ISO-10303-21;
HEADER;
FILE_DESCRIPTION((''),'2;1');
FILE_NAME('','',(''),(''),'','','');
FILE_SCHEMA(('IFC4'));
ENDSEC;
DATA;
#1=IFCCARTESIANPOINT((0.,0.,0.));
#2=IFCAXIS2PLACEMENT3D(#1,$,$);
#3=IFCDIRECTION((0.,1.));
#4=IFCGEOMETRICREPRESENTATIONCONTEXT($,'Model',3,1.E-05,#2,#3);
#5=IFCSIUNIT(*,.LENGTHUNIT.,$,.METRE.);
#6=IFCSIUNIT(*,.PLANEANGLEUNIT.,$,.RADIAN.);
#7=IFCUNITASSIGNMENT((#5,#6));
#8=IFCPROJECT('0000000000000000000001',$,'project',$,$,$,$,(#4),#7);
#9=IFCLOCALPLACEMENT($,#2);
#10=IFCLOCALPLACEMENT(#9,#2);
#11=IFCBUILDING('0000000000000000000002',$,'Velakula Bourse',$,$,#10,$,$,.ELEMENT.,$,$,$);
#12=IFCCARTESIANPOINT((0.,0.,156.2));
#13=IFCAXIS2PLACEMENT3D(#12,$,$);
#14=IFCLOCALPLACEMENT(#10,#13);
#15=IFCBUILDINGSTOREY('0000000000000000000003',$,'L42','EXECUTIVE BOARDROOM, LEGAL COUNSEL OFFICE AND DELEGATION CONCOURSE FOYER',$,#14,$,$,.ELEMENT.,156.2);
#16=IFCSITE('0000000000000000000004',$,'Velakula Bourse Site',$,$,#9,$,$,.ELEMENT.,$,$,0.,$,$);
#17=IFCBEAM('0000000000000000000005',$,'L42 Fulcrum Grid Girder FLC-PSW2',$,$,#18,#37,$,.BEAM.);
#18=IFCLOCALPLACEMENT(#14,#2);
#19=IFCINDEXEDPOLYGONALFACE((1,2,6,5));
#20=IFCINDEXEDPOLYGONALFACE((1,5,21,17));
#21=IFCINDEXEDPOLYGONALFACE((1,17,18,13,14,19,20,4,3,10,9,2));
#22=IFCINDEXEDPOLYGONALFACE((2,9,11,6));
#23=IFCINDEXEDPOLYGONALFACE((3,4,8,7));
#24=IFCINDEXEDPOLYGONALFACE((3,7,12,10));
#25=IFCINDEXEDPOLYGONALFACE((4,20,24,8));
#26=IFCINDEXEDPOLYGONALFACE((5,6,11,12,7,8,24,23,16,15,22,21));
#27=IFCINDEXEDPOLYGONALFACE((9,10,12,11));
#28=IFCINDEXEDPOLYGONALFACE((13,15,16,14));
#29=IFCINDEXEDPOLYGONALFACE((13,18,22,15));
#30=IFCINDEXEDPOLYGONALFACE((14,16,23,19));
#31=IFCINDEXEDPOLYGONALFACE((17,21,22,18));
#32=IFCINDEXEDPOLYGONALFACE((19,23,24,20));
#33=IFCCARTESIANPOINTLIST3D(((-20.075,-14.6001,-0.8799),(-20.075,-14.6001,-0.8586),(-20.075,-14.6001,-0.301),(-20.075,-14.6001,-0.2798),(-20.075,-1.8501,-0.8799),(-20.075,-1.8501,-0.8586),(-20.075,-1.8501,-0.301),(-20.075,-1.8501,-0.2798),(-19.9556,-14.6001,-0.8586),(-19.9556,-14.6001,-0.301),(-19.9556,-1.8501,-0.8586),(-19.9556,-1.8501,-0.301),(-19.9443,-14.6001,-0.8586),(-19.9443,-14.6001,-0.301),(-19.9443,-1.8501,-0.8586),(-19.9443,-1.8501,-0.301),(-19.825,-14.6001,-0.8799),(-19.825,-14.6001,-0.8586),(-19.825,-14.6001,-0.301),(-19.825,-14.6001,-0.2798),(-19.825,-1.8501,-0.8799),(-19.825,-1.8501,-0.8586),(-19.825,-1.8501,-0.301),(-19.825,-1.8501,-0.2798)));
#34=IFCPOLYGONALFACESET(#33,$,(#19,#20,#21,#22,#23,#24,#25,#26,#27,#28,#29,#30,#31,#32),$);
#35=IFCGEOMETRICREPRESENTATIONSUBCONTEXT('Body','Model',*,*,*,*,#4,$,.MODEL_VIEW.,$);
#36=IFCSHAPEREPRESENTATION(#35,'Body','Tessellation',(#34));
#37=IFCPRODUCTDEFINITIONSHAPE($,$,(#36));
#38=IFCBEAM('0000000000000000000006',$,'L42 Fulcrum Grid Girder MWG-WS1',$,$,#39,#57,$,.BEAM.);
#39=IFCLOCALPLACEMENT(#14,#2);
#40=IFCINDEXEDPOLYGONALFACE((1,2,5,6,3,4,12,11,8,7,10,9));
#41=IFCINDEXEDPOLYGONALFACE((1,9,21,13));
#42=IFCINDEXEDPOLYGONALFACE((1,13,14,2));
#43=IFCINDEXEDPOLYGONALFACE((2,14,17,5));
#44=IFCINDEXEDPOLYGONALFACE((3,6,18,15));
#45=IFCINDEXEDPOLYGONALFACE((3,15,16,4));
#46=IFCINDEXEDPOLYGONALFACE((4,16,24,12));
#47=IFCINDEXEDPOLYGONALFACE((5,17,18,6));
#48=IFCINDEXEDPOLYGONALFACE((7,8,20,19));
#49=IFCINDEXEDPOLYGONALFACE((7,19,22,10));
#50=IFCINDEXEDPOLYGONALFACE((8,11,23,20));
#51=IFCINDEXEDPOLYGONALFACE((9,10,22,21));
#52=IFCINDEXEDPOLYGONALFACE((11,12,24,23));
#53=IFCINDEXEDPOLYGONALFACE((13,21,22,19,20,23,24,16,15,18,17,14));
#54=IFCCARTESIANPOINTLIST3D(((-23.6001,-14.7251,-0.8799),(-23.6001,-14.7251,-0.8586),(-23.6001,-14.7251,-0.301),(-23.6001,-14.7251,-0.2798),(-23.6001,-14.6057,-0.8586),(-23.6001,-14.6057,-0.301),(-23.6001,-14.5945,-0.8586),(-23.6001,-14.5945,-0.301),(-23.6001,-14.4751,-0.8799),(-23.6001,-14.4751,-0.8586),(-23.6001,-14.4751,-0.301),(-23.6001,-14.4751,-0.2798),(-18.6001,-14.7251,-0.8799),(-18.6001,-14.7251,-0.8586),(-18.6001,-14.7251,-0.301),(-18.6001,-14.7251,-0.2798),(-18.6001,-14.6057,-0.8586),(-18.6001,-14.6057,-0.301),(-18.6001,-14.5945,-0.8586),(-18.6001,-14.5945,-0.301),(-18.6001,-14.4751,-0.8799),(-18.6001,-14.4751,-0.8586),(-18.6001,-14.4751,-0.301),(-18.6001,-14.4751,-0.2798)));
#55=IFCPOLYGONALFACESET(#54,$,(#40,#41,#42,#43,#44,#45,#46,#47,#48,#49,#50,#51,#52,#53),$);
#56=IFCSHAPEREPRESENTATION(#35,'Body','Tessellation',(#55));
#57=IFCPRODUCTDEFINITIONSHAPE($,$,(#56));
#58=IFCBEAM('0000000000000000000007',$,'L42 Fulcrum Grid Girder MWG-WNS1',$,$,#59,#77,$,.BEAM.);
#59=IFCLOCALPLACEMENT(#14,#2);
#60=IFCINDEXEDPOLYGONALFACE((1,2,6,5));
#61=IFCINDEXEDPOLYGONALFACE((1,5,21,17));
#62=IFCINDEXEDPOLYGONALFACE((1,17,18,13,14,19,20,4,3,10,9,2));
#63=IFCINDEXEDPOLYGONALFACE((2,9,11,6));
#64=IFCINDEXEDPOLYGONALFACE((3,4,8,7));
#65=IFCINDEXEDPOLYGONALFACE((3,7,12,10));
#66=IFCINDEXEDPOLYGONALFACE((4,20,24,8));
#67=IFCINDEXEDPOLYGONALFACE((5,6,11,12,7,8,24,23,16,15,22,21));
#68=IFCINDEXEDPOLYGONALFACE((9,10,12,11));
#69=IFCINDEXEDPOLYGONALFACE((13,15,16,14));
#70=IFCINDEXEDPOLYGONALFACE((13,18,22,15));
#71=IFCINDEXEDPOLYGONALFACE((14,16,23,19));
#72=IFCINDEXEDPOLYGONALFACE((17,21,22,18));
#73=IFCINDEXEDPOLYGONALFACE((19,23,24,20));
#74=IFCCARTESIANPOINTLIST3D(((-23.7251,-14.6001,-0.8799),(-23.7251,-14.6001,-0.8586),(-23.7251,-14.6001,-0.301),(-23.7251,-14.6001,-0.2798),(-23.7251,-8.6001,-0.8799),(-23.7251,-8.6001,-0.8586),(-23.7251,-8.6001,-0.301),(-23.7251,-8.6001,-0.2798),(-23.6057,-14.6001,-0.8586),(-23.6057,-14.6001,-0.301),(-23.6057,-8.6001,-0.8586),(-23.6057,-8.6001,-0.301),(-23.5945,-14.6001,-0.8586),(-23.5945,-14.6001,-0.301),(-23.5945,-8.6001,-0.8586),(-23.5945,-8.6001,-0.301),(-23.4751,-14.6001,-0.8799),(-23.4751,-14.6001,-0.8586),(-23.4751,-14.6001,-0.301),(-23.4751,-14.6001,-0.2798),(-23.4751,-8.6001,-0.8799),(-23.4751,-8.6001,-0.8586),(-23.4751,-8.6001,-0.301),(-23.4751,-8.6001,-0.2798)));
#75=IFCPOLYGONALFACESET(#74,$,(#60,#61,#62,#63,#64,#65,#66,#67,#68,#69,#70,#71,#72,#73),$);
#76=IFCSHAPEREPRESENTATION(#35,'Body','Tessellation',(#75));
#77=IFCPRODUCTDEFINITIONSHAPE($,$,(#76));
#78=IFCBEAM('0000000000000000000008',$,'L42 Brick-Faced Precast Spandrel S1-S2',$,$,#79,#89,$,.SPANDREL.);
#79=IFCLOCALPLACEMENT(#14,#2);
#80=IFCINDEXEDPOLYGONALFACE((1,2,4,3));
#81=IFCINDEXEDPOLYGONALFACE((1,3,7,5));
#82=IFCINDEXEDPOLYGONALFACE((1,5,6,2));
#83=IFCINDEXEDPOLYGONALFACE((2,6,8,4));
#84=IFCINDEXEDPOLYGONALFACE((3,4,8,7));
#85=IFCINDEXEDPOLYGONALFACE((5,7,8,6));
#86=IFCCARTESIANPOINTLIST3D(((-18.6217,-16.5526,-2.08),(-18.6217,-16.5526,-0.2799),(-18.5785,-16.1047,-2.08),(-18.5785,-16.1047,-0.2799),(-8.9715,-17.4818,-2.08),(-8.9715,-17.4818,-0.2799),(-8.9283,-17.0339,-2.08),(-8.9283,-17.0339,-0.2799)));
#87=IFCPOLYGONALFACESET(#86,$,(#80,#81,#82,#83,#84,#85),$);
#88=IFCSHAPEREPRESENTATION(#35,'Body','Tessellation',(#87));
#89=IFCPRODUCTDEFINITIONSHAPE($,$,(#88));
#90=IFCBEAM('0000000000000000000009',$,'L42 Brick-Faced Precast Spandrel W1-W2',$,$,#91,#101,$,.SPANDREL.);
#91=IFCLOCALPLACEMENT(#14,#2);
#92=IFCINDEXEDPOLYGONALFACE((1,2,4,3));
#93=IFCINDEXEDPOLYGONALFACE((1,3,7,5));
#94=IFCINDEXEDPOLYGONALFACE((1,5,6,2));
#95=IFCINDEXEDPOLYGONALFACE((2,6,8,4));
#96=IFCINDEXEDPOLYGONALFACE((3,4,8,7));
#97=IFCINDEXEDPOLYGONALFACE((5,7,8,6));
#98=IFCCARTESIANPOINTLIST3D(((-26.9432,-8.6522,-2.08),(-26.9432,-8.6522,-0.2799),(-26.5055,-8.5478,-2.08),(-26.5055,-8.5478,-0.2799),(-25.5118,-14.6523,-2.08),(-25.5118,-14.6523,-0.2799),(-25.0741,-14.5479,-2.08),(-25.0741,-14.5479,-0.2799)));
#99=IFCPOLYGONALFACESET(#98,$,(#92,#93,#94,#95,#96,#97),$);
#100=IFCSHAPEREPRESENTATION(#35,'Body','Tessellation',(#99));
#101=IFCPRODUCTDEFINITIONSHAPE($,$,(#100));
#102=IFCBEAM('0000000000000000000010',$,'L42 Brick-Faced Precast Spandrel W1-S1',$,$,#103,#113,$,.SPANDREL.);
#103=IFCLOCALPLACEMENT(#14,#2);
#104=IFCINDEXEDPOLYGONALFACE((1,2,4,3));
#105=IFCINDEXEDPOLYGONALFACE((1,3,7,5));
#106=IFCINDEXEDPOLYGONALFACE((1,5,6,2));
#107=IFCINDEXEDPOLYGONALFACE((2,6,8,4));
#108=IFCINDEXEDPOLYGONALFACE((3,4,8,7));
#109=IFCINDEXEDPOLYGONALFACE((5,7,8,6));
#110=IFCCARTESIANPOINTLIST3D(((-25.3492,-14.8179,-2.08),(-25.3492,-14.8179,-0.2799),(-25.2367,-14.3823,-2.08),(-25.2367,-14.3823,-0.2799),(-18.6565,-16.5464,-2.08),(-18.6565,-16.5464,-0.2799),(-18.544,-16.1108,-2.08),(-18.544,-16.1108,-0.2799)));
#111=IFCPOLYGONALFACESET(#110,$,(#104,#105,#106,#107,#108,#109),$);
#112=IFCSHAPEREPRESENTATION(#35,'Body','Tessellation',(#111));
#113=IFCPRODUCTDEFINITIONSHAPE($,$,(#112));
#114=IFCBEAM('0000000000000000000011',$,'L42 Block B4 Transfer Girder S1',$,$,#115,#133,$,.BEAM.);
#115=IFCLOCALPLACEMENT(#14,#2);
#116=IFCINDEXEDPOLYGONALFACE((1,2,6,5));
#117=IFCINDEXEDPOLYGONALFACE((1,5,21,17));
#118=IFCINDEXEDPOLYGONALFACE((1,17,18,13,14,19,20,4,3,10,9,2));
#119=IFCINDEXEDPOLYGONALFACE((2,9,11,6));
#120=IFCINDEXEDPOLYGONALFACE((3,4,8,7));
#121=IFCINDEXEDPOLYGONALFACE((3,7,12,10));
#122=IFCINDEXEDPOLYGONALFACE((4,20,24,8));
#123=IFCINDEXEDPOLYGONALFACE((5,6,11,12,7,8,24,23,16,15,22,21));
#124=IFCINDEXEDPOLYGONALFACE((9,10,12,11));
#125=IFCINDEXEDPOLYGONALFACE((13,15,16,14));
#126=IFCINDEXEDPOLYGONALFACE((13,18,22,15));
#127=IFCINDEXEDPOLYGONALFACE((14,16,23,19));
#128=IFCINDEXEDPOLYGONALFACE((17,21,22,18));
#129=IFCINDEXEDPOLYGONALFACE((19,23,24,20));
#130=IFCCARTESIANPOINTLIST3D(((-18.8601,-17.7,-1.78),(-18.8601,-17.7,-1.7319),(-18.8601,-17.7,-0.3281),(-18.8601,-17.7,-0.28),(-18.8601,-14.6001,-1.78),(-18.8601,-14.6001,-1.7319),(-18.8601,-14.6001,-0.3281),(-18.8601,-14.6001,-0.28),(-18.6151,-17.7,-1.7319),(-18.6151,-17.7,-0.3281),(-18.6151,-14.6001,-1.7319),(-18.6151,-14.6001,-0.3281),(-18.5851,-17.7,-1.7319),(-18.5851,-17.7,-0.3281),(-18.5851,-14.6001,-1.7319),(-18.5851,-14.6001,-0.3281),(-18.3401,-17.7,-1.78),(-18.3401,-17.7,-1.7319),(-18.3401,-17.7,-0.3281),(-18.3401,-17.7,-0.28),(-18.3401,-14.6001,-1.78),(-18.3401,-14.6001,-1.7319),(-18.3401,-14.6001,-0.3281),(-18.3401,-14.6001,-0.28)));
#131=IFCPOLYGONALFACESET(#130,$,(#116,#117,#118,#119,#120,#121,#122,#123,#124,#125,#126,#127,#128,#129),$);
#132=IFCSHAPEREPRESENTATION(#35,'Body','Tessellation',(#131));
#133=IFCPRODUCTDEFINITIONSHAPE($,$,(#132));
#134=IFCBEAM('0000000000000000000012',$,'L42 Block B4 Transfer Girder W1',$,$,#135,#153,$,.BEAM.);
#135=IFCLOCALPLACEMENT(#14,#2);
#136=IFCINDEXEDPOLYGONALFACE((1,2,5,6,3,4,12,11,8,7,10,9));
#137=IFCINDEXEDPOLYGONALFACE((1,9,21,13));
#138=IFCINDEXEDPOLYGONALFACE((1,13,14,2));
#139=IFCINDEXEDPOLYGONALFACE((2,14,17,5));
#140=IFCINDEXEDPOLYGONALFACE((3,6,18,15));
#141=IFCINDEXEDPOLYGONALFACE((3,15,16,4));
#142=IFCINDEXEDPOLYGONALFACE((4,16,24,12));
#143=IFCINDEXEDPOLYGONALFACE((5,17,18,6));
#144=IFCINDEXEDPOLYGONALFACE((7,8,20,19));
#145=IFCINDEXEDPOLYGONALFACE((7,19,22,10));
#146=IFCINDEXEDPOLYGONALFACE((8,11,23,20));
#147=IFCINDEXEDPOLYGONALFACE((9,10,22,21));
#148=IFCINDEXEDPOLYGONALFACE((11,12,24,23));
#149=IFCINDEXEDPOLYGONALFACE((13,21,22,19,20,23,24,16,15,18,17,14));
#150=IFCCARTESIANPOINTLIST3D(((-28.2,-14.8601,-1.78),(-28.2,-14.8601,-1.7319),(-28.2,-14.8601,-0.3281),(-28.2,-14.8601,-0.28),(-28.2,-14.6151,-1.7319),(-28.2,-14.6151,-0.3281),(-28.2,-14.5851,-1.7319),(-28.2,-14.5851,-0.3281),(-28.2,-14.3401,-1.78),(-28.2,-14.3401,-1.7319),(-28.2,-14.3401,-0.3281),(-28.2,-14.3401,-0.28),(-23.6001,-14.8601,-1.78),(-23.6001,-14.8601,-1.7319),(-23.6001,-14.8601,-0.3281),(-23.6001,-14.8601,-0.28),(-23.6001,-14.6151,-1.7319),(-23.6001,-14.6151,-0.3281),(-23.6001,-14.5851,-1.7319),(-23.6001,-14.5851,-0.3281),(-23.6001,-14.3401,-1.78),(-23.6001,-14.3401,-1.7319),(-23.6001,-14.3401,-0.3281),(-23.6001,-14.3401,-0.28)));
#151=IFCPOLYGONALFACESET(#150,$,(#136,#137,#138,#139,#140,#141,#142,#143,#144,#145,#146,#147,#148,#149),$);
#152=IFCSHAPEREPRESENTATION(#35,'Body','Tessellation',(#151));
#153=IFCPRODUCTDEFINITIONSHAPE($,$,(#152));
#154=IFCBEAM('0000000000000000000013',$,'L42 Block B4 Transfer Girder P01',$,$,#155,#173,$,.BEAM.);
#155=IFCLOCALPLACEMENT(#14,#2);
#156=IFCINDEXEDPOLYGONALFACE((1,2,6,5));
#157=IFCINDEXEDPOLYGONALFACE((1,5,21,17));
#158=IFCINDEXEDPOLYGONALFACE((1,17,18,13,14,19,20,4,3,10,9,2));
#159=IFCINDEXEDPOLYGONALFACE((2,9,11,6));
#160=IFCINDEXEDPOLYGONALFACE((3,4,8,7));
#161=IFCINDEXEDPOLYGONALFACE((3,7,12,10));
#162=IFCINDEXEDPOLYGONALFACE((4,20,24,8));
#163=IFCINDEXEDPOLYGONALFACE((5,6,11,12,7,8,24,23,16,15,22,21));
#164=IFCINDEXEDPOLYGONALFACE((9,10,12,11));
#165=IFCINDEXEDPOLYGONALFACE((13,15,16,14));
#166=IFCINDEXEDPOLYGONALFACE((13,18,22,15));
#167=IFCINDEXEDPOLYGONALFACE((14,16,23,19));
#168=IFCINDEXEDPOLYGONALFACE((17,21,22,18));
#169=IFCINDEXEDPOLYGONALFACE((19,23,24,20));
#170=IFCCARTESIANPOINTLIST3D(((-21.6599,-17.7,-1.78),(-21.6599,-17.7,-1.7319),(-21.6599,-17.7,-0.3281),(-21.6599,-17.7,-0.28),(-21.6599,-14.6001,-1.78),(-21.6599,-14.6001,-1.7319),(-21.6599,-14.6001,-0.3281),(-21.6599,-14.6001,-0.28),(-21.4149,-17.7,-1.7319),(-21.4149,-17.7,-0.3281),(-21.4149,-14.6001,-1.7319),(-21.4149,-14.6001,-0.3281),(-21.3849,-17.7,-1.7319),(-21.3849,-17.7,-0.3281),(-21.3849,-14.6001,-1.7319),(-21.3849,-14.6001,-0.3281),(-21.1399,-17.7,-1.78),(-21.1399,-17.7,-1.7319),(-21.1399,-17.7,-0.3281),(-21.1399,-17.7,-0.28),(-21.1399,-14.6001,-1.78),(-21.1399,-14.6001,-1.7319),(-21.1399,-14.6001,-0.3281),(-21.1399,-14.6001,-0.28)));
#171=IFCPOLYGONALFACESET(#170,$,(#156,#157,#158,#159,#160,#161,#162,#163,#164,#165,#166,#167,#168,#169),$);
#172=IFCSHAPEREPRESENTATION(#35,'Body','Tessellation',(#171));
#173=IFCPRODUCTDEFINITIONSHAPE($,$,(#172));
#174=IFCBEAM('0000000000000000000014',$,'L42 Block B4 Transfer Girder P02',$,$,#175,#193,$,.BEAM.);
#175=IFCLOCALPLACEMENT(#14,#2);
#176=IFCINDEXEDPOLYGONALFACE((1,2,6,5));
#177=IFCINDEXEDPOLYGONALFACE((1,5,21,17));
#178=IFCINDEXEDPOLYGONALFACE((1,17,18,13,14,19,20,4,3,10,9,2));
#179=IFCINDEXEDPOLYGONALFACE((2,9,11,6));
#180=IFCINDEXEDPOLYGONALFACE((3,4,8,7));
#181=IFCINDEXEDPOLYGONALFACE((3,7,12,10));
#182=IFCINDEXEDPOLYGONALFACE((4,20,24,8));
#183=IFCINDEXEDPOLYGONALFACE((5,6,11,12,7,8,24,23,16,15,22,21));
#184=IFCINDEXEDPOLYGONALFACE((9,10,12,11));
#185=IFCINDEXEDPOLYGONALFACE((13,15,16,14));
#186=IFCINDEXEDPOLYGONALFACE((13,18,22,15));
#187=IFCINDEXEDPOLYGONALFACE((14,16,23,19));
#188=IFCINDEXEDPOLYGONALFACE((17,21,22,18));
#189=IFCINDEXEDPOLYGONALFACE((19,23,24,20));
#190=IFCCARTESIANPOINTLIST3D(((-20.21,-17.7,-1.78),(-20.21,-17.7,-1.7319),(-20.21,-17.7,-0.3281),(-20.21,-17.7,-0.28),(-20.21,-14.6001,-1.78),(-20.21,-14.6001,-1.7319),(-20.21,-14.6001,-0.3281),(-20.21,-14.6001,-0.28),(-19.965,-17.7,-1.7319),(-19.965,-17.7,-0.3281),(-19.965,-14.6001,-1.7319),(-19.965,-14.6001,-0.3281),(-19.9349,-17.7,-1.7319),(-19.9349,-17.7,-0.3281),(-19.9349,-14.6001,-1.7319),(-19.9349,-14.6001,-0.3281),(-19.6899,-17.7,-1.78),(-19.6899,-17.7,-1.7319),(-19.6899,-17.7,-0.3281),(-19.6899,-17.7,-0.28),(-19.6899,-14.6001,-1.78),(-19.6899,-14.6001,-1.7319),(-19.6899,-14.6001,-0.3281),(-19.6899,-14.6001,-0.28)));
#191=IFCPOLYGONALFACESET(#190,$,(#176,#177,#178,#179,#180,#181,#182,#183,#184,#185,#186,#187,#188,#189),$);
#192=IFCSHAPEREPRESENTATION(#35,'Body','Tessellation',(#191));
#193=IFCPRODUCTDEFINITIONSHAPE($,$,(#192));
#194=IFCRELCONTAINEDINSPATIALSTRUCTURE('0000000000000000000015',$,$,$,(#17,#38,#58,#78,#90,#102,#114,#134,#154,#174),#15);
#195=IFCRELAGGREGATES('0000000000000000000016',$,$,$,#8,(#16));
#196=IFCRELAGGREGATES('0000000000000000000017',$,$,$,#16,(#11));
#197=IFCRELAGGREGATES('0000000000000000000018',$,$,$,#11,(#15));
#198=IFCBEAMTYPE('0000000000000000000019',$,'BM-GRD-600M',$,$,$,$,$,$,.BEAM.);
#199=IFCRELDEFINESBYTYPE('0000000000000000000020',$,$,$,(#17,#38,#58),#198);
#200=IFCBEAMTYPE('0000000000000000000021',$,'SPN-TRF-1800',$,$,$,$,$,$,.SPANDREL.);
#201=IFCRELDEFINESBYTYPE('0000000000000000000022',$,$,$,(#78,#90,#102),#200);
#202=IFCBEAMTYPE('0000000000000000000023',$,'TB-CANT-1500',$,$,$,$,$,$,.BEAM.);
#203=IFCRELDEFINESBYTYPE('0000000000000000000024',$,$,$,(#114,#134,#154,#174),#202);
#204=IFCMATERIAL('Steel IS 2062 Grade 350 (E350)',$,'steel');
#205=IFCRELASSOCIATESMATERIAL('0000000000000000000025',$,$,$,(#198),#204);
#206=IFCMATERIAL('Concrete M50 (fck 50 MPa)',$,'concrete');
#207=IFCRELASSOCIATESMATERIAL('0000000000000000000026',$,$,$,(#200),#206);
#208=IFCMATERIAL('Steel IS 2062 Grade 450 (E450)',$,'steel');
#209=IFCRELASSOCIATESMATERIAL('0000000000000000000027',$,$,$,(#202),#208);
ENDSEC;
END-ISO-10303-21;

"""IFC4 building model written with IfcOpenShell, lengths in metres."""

from ifc_helpers import new_model, si_unit, direction, frame, origin, origin_2d, place, context, subcontext, project, spatial, rectangle, i_section, extrude, material, material_profile, profile_set, type_object, element, save


model = new_model("IFC4")

# Units and contexts
model_context = context("Model", 3, precision=1e-05, world=origin(), true_north=direction((0.0, 1.0)))
body_context = subcontext(model_context, "Body", "Model", "MODEL_VIEW")
ifc_project = project(units=[si_unit("LENGTHUNIT", "METRE"), si_unit("PLANEANGLEUNIT", "RADIAN")], contexts=[model_context])

# Site, building, storey
site_placement = place(None, origin())
site = spatial("IfcSite", under=ifc_project, at=site_placement, Name="Velakula Bourse Site", CompositionType="ELEMENT", RefElevation=0.0)
building_placement = place(site_placement, origin())
building = spatial("IfcBuilding", under=site, at=building_placement, Name="Velakula Bourse", CompositionType="ELEMENT")
storey_placement = place(building_placement, frame((0.0, 0.0, 156.2)))
storey = spatial("IfcBuildingStorey", under=building, at=storey_placement, Name="L42", Description="EXECUTIVE BOARDROOM, LEGAL COUNSEL OFFICE AND DELEGATION CONCOURSE FOYER", CompositionType="ELEMENT", Elevation=156.2)

# Shared definitions
ifc_material_1 = material(Name="Steel IS 2062 Grade 350 (E350)", Category="steel")

# Beams
ifc_material_profile_1 = material_profile(ifc_material_1, i_section(OverallWidth=0.25, OverallDepth=0.6001, WebThickness=0.0112, FlangeThickness=0.0212, at=origin_2d()), Name="Steel IS 2062 Grade 350 (E350)")
ifc_profile_set_1 = profile_set([ifc_material_profile_1], Name="Steel IS 2062 Grade 350 (E350)")
beam_type_1 = type_object("IfcBeamType", Name="BM-GRD-600M", PredefinedType="BEAM", material=ifc_profile_set_1)
for number, where, z_axis, x_axis, name in (
    (1, (-19.95, -14.6001, -0.5798), (0.0, 1.0, 0.0), (-1.0, 0.0, 0.0), "L42 Fulcrum Grid Girder FLC-PSW2"),
):
    element("IfcBeam", number, at=place(storey_placement, frame(where, z_axis=z_axis, x_axis=x_axis)), inside=storey, type_object=beam_type_1, Name=name, PredefinedType="BEAM", context=body_context, shape_type="SweptSolid", body=[
        extrude(i_section(OverallWidth=0.25, OverallDepth=0.6001, WebThickness=0.0112, FlangeThickness=0.0212, at=origin_2d()), origin(), (0.0, 0.0, 1.0), 12.75),
    ])
beam_1_placement = place(storey_placement, frame((-23.6001, -14.6001, -0.5798), z_axis=(1.0, 0.0, 0.0), x_axis=(0.0, 1.0, 0.0)))
element("IfcBeam", 2, at=beam_1_placement, inside=storey, type_object=beam_type_1, Name="L42 Fulcrum Grid Girder MWG-WS1", PredefinedType="BEAM", context=body_context, shape_type="SweptSolid", body=[
    extrude(i_section(OverallWidth=0.25, OverallDepth=0.6001, WebThickness=0.0112, FlangeThickness=0.0212, at=origin_2d()), origin(), (0.0, 0.0, 1.0), 5.0),
])
beam_2_placement = place(storey_placement, frame((-23.6001, -14.6001, -0.5798), z_axis=(0.0, 1.0, 0.0), x_axis=(-1.0, 0.0, 0.0)))
element("IfcBeam", 3, at=beam_2_placement, inside=storey, type_object=beam_type_1, Name="L42 Fulcrum Grid Girder MWG-WNS1", PredefinedType="BEAM", context=body_context, shape_type="SweptSolid", body=[
    extrude(i_section(OverallWidth=0.25, OverallDepth=0.6001, WebThickness=0.0112, FlangeThickness=0.0212, at=origin_2d()), origin(), (0.0, 0.0, 1.0), 6.0),
])
ifc_material_2 = material(Name="Concrete M50 (fck 50 MPa)", Category="concrete")
ifc_material_profile_2 = material_profile(ifc_material_2, rectangle(XDim=0.45, YDim=1.8, at=origin_2d()), Name="Concrete M50 (fck 50 MPa)")
ifc_profile_set_2 = profile_set([ifc_material_profile_2], Name="Concrete M50 (fck 50 MPa)")
beam_type_2 = type_object("IfcBeamType", Name="SPN-TRF-1800", PredefinedType="SPANDREL", material=ifc_profile_set_2)
beam_3_placement = place(storey_placement, frame((-18.6001, -16.3286, -1.1799), z_axis=(0.995396, -0.095845, 0.0), x_axis=(0.095845, 0.995396, 0.0)))
element("IfcBeam", 4, at=beam_3_placement, inside=storey, type_object=beam_type_2, Name="L42 Brick-Faced Precast Spandrel S1-S2", PredefinedType="SPANDREL", context=body_context, shape_type="SweptSolid", body=[
    extrude(rectangle(XDim=0.45, YDim=1.8, at=origin_2d()), origin(), (0.0, 0.0, 1.0), 9.6948),
])
beam_4_placement = place(storey_placement, frame((-25.293, -14.6001, -1.1799), z_axis=(-0.232054, 0.972703, 0.0), x_axis=(-0.972703, -0.232054, 0.0)))
element("IfcBeam", 5, at=beam_4_placement, inside=storey, type_object=beam_type_2, Name="L42 Brick-Faced Precast Spandrel W1-W2", PredefinedType="SPANDREL", context=body_context, shape_type="SweptSolid", body=[
    extrude(rectangle(XDim=0.45, YDim=1.8, at=origin_2d()), origin(), (0.0, 0.0, 1.0), 6.1685),
])
beam_5_placement = place(storey_placement, frame((-25.293, -14.6001, -1.1799), z_axis=(0.968231, -0.250057, 0.0), x_axis=(0.250057, 0.968231, 0.0)))
element("IfcBeam", 6, at=beam_5_placement, inside=storey, type_object=beam_type_2, Name="L42 Brick-Faced Precast Spandrel W1-S1", PredefinedType="SPANDREL", context=body_context, shape_type="SweptSolid", body=[
    extrude(rectangle(XDim=0.45, YDim=1.8, at=origin_2d()), origin(), (0.0, 0.0, 1.0), 6.9124),
])
ifc_material_3 = material(Name="Steel IS 2062 Grade 450 (E450)", Category="steel")
ifc_material_profile_3 = material_profile(ifc_material_3, i_section(OverallWidth=0.52, OverallDepth=1.5, WebThickness=0.03, FlangeThickness=0.0481, at=origin_2d()), Name="Steel IS 2062 Grade 450 (E450)")
ifc_profile_set_3 = profile_set([ifc_material_profile_3], Name="Steel IS 2062 Grade 450 (E450)")
beam_type_3 = type_object("IfcBeamType", Name="TB-CANT-1500", PredefinedType="BEAM", material=ifc_profile_set_3)
beam_6_placement = place(storey_placement, frame((-18.6001, -17.7, -1.03), z_axis=(0.0, 1.0, 0.0), x_axis=(-1.0, 0.0, 0.0)))
element("IfcBeam", 7, at=beam_6_placement, inside=storey, type_object=beam_type_3, Name="L42 Block B4 Transfer Girder S1", PredefinedType="BEAM", context=body_context, shape_type="SweptSolid", body=[
    extrude(i_section(OverallWidth=0.52, OverallDepth=1.5, WebThickness=0.03, FlangeThickness=0.0481, at=origin_2d()), origin(), (0.0, 0.0, 1.0), 3.0999),
])
beam_7_placement = place(storey_placement, frame((-28.2, -14.6001, -1.03), z_axis=(1.0, 0.0, 0.0), x_axis=(0.0, 1.0, 0.0)))
element("IfcBeam", 8, at=beam_7_placement, inside=storey, type_object=beam_type_3, Name="L42 Block B4 Transfer Girder W1", PredefinedType="BEAM", context=body_context, shape_type="SweptSolid", body=[
    extrude(i_section(OverallWidth=0.52, OverallDepth=1.5, WebThickness=0.03, FlangeThickness=0.0481, at=origin_2d()), origin(), (0.0, 0.0, 1.0), 4.5999),
])
for number, where, z_axis, x_axis, name in (
    (9, (-21.3999, -17.7, -1.03), (0.0, 1.0, 0.0), (-1.0, 0.0, 0.0), "L42 Block B4 Transfer Girder P01"),
    (10, (-19.95, -17.7, -1.03), (0.0, 1.0, 0.0), (-1.0, 0.0, 0.0), "L42 Block B4 Transfer Girder P02"),
):
    element("IfcBeam", number, at=place(storey_placement, frame(where, z_axis=z_axis, x_axis=x_axis)), inside=storey, type_object=beam_type_3, Name=name, PredefinedType="BEAM", context=body_context, shape_type="SweptSolid", body=[
        extrude(i_section(OverallWidth=0.52, OverallDepth=1.5, WebThickness=0.03, FlangeThickness=0.0481, at=origin_2d()), origin(), (0.0, 0.0, 1.0), 3.0999),
    ])

save(model, "model.ifc")
